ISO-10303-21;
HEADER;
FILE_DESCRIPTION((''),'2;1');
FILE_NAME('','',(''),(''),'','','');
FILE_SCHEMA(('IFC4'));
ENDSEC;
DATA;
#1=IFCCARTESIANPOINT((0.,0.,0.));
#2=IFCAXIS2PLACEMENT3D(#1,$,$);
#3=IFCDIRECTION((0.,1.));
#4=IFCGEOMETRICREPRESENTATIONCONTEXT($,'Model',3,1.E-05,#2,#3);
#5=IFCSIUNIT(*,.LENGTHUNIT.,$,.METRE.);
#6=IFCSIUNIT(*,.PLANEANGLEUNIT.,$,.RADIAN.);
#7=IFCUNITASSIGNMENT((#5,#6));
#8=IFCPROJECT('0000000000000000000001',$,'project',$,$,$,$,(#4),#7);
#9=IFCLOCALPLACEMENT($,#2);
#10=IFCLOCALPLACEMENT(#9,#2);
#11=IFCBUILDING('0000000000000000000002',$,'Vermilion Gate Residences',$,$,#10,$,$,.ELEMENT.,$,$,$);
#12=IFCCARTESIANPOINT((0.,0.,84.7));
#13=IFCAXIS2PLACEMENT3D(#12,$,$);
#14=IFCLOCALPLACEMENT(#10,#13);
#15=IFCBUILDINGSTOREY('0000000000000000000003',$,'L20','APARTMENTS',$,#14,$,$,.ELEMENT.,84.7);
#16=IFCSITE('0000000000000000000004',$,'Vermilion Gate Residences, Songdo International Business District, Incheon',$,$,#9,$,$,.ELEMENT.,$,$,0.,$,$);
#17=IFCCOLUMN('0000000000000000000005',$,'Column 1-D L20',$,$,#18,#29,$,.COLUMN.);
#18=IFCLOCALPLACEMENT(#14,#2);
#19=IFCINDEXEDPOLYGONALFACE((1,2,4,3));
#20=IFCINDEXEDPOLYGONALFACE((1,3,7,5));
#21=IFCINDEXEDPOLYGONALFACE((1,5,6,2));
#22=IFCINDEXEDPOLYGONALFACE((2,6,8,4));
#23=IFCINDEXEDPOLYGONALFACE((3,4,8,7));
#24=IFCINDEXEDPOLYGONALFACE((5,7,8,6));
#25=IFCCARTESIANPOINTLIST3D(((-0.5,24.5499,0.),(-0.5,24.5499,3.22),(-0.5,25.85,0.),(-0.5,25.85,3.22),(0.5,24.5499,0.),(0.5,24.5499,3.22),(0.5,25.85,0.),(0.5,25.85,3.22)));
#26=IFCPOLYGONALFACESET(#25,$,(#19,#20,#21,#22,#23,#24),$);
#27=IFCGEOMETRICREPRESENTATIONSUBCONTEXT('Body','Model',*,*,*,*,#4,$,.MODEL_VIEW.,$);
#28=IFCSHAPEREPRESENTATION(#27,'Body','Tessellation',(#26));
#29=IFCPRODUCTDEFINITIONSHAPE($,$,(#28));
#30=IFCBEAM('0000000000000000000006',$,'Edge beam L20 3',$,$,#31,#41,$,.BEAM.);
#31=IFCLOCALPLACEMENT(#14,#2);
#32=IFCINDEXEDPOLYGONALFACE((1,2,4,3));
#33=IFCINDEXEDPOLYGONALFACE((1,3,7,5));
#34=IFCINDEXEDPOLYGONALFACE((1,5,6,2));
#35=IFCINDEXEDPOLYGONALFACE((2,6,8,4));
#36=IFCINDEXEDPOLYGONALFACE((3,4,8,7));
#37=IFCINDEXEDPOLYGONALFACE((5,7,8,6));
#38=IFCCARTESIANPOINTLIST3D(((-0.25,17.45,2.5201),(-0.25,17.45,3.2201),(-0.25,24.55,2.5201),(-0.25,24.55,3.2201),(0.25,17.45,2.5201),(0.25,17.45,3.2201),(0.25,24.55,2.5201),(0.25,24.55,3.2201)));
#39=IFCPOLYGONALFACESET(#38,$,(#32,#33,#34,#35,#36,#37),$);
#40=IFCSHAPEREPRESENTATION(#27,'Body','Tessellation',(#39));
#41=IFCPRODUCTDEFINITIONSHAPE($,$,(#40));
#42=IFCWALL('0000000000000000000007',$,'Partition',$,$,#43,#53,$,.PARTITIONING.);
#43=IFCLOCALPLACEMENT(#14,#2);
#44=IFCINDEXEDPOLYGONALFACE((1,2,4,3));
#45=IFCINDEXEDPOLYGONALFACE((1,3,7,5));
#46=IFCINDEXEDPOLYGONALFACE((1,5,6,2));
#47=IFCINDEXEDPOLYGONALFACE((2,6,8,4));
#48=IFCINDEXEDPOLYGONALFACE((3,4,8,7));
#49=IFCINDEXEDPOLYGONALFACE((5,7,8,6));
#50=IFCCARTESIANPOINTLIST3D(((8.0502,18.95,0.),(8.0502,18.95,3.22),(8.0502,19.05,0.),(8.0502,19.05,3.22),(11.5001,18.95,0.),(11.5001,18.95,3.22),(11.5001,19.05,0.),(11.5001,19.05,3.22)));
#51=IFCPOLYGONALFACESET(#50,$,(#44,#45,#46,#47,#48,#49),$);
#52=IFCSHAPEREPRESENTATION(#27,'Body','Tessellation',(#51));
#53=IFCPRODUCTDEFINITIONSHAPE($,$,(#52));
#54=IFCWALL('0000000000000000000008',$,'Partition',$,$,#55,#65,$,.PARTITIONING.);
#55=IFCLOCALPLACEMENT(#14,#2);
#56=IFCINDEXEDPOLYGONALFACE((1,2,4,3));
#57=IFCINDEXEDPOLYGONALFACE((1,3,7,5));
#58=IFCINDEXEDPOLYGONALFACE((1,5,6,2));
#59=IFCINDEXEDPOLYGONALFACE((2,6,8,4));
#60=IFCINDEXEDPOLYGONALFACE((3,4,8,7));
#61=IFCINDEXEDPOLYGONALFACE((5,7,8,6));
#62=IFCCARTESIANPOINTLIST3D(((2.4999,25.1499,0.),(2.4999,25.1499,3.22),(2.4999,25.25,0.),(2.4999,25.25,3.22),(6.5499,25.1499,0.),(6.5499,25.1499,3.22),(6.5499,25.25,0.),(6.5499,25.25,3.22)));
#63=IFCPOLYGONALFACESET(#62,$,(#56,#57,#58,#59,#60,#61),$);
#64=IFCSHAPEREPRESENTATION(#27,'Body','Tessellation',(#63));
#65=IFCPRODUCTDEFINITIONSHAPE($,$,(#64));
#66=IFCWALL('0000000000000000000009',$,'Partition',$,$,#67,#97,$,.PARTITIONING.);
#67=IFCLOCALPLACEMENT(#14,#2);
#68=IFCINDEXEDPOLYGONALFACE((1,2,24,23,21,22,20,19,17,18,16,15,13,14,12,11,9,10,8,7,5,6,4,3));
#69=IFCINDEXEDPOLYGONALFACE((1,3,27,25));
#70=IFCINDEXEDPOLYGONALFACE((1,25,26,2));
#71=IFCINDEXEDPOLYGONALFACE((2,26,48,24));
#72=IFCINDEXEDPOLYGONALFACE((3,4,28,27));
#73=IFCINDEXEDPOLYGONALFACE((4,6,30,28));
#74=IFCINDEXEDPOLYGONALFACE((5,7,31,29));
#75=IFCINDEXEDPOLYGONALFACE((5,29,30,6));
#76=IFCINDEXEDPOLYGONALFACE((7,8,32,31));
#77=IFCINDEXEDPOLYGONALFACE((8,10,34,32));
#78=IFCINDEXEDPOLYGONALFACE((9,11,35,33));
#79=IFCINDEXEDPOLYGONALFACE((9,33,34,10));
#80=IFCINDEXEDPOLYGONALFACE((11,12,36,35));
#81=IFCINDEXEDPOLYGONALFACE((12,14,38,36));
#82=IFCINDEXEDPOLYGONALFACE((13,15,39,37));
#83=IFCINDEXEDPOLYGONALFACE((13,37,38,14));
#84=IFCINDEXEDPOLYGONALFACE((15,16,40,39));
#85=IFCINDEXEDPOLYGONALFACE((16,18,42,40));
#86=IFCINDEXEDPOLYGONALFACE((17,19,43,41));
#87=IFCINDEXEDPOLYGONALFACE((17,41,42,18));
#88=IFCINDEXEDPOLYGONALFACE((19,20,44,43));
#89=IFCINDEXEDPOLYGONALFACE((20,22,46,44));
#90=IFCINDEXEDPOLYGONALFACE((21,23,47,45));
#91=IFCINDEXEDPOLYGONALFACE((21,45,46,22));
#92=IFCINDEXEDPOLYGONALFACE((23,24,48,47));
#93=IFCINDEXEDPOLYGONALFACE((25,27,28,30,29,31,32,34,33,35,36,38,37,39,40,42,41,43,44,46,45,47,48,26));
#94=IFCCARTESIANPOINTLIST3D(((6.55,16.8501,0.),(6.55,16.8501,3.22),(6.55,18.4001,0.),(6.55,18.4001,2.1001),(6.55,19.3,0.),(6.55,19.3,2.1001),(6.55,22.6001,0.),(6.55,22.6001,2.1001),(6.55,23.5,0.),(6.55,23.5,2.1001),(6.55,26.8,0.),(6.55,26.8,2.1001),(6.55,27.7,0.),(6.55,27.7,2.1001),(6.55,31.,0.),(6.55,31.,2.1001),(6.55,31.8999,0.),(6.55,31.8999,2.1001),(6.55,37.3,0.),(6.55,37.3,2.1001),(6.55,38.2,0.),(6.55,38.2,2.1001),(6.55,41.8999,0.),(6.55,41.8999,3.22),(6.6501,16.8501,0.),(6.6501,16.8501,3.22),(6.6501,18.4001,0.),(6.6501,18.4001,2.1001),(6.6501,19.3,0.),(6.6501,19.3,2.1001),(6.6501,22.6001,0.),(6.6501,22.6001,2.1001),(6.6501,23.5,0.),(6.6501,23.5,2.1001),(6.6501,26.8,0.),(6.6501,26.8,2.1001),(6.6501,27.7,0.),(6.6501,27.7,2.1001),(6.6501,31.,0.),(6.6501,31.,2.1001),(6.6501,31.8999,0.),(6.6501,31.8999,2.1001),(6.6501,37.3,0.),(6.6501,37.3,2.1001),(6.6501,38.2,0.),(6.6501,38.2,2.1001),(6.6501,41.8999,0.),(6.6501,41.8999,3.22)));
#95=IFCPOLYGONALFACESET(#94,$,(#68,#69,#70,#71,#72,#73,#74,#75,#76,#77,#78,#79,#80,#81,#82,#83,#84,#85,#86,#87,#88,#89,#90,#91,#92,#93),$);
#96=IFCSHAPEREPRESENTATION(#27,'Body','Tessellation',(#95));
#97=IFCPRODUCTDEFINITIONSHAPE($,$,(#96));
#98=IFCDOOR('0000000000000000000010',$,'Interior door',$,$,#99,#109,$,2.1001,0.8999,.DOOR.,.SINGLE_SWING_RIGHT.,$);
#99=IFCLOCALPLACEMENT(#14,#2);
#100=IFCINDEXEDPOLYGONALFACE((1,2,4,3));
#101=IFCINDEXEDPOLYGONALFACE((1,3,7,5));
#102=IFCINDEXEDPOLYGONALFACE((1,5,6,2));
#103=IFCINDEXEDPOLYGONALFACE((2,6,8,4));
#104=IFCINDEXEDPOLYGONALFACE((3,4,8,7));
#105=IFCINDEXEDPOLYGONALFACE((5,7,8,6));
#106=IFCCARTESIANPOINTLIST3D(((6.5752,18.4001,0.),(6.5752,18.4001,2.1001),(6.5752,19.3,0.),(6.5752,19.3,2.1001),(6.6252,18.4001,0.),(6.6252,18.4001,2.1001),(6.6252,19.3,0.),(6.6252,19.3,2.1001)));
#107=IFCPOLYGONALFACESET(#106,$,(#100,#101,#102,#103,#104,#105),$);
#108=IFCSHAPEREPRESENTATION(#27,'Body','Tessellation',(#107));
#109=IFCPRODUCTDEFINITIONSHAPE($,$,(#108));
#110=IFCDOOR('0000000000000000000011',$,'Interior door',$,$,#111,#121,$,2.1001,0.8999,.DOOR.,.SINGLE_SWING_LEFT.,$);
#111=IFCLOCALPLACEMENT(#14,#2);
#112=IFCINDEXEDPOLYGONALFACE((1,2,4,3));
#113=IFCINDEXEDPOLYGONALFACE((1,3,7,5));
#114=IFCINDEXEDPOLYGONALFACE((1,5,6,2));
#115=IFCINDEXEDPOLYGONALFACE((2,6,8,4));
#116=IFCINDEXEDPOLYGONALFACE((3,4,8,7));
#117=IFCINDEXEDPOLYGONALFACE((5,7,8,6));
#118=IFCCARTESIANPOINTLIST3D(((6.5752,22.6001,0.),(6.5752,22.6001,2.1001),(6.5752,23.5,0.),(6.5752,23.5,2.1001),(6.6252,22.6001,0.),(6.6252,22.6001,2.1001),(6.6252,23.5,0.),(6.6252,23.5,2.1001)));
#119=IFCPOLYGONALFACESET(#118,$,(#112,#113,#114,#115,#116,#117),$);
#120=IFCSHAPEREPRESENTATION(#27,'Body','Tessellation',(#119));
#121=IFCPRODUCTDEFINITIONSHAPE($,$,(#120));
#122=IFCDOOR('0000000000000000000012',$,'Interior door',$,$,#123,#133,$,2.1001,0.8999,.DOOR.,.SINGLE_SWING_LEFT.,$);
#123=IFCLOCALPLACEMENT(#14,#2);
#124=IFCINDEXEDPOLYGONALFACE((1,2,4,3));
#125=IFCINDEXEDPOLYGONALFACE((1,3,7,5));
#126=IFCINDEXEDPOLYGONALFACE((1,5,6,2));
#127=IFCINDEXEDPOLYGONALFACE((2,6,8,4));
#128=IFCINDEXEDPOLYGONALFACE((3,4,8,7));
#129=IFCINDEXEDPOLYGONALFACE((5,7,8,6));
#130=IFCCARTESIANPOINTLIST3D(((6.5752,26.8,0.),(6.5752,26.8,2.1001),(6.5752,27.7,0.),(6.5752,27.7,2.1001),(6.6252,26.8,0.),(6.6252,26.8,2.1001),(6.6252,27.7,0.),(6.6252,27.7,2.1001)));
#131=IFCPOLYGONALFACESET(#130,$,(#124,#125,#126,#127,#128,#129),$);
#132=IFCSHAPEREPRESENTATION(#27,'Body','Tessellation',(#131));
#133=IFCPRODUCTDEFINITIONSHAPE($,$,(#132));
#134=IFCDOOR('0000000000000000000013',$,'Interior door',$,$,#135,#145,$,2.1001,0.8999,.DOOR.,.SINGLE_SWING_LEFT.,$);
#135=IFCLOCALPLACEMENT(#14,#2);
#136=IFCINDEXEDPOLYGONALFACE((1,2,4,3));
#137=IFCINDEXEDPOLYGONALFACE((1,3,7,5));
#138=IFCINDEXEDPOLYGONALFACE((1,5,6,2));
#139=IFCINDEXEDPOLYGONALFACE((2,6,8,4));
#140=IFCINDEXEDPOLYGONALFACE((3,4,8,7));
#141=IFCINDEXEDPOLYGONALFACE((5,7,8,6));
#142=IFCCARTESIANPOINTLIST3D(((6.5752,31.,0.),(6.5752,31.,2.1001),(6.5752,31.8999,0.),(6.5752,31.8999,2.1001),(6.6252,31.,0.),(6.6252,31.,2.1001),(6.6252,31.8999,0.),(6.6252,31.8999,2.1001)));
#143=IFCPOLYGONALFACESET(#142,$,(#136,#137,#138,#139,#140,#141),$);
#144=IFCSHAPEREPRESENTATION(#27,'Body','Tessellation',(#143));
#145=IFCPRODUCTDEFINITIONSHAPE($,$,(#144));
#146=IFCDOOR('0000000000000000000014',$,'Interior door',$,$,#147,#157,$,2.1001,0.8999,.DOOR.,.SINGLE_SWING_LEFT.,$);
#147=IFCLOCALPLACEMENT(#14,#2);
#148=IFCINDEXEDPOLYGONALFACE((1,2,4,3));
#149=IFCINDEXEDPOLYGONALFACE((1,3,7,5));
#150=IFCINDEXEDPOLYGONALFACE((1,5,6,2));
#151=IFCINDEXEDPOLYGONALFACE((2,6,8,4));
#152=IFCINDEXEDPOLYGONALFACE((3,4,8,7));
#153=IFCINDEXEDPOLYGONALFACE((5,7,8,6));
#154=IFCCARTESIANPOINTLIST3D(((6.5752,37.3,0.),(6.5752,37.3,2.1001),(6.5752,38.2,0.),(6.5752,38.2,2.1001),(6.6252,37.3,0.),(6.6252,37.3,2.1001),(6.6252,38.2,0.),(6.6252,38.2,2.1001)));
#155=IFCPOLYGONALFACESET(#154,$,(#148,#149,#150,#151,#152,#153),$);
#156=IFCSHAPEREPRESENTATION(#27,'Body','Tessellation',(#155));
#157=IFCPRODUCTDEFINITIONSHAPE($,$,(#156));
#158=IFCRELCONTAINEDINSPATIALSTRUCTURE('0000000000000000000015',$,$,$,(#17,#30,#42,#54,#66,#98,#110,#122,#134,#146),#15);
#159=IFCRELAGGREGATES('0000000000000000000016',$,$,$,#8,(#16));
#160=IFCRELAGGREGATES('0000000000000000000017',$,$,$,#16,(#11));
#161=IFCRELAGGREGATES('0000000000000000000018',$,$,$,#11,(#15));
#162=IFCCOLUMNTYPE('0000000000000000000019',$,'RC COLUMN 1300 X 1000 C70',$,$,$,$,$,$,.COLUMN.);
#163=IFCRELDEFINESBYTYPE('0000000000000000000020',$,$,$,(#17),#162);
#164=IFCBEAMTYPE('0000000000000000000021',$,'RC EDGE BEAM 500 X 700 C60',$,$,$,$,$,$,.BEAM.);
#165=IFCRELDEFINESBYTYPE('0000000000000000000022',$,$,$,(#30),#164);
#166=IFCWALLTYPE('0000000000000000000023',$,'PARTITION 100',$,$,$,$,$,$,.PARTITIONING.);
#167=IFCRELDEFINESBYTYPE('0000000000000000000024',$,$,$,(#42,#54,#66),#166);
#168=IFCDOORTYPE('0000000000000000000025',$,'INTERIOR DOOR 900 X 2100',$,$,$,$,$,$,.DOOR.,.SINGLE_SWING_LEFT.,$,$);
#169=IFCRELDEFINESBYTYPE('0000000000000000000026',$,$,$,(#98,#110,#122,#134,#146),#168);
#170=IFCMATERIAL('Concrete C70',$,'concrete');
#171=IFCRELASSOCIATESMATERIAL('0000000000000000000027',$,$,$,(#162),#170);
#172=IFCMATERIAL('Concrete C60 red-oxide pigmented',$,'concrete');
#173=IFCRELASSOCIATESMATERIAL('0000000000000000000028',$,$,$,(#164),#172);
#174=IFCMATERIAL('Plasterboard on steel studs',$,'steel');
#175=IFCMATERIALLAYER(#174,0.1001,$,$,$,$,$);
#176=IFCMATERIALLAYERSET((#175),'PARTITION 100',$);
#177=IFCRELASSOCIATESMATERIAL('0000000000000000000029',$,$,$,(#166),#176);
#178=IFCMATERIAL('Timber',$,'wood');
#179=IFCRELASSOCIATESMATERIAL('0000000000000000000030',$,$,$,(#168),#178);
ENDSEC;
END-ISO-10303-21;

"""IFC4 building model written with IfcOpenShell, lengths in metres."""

from ifc_helpers import new_model, si_unit, direction, frame, frame_2d, origin, origin_2d, place, context, subcontext, project, spatial, rectangle, extrude, material, layer, layer_set, material_profile, profile_set, type_object, element, fill, save


model = new_model("IFC4")

# Units and contexts
model_context = context("Model", 3, precision=1e-05, world=origin(), true_north=direction((0.0, 1.0)))
body_context = subcontext(model_context, "Body", "Model", "MODEL_VIEW")
ifc_project = project(units=[si_unit("LENGTHUNIT", "METRE"), si_unit("PLANEANGLEUNIT", "RADIAN")], contexts=[model_context])

# Site, building, storey
site_placement = place(None, origin())
site = spatial("IfcSite", under=ifc_project, at=site_placement, Name="Vermilion Gate Residences, Songdo International Business District, Incheon", CompositionType="ELEMENT", RefElevation=0.0)
building_placement = place(site_placement, origin())
building = spatial("IfcBuilding", under=site, at=building_placement, Name="Vermilion Gate Residences", CompositionType="ELEMENT")
storey_placement = place(building_placement, frame((0.0, 0.0, 84.7)))
storey = spatial("IfcBuildingStorey", under=building, at=storey_placement, Name="L20", Description="APARTMENTS", CompositionType="ELEMENT", Elevation=84.7)

# Column
ifc_material_1 = material(Name="Concrete C70", Category="concrete")
ifc_material_profile_1 = material_profile(ifc_material_1, rectangle(XDim=1.3, YDim=1.0, at=origin_2d()), Name="RC-1300x1000")
ifc_profile_set_1 = profile_set([ifc_material_profile_1], Name="Concrete C70")
column_type = type_object("IfcColumnType", Name="RC COLUMN 1300 X 1000 C70", PredefinedType="COLUMN", material=ifc_profile_set_1)
column_placement = place(storey_placement, frame((0.0, 25.2, 0.0), z_axis=(0.0, 0.0, 1.0), x_axis=(0.0, 1.0, 0.0)))
element("IfcColumn", 1, at=column_placement, inside=storey, type_object=column_type, Name="Column 1-D L20", PredefinedType="COLUMN", context=body_context, shape_type="SweptSolid", body=[
    extrude(rectangle(XDim=1.3, YDim=1.0, at=origin_2d()), origin(), (0.0, 0.0, 1.0), 3.22),
])

# Beam
ifc_material_2 = material(Name="Concrete C60 red-oxide pigmented", Category="concrete")
ifc_material_profile_2 = material_profile(ifc_material_2, rectangle(XDim=0.5, YDim=0.7, at=origin_2d()), Name="RC-500x700")
ifc_profile_set_2 = profile_set([ifc_material_profile_2], Name="Concrete C60 red-oxide pigmented")
beam_type = type_object("IfcBeamType", Name="RC EDGE BEAM 500 X 700 C60", PredefinedType="BEAM", material=ifc_profile_set_2)
beam_placement = place(storey_placement, frame((0.0, 17.45, 2.8701), z_axis=(0.0, 1.0, 0.0), x_axis=(-1.0, 0.0, 0.0)))
element("IfcBeam", 2, at=beam_placement, inside=storey, type_object=beam_type, Name="Edge beam L20 3", PredefinedType="BEAM", context=body_context, shape_type="SweptSolid", body=[
    extrude(rectangle(XDim=0.5, YDim=0.7, at=origin_2d()), origin(), (0.0, 0.0, 1.0), 7.1001),
])

# Walls
ifc_material_3 = material(Name="Plasterboard on steel studs", Category="steel")
ifc_layer_1 = layer(ifc_material_3, 0.1001)
ifc_layer_set_1 = layer_set([ifc_layer_1], Name="PARTITION 100")
wall_type_1 = type_object("IfcWallType", Name="PARTITION 100", PredefinedType="PARTITIONING", material=ifc_layer_set_1)
wall_1_placement = place(storey_placement, frame((8.05, 19.0, 0.0), z_axis=(0.0, 0.0, 1.0), x_axis=(1.0, 0.0, 0.0)))
element("IfcWall", 3, at=wall_1_placement, inside=storey, type_object=wall_type_1, Name="Partition", PredefinedType="PARTITIONING", context=body_context, shape_type="SweptSolid", body=[
    extrude(rectangle(XDim=3.45, YDim=0.1001, at=frame_2d((1.7251, 0.0))), origin(), (0.0, 0.0, 1.0), 3.22),
])
wall_2_placement = place(storey_placement, frame((2.5, 25.2, 0.0), z_axis=(0.0, 0.0, 1.0), x_axis=(1.0, 0.0, 0.0)))
element("IfcWall", 4, at=wall_2_placement, inside=storey, type_object=wall_type_1, Name="Partition", PredefinedType="PARTITIONING", context=body_context, shape_type="SweptSolid", body=[
    extrude(rectangle(XDim=4.05, YDim=0.1001, at=frame_2d((2.0249, 0.0))), origin(), (0.0, 0.0, 1.0), 3.22),
])

# Wall, openings, doors
wall_3_placement = place(storey_placement, frame((6.6001, 16.8501, 0.0), z_axis=(0.0, 0.0, 1.0), x_axis=(0.0, 1.0, 0.0)))
wall_3 = element("IfcWall", 5, at=wall_3_placement, inside=storey, type_object=wall_type_1, Name="Partition", PredefinedType="PARTITIONING", context=body_context, shape_type="SweptSolid", body=[
    extrude(rectangle(XDim=25.0498, YDim=0.1001, at=frame_2d((12.5249, 0.0))), origin(), (0.0, 0.0, 1.0), 3.22),
])
opening_1_placement = place(wall_3_placement, frame((1.55, 0.0, 0.0)))
opening_1 = element("IfcOpeningElement", 6, at=opening_1_placement, cuts=wall_3, PredefinedType="OPENING", context=body_context, shape_type="SweptSolid", body=[
    extrude(rectangle(XDim=0.8999, YDim=2.1001, at=frame_2d((0.45, 1.05))), frame((0.0, 0.0601, 0.0), z_axis=(0.0, -1.0, 0.0), x_axis=(1.0, 0.0, 0.0)), (0.0, 0.0, 1.0), 0.1201),
])
opening_2_placement = place(wall_3_placement, frame((5.75, 0.0, 0.0)))
opening_2 = element("IfcOpeningElement", 7, at=opening_2_placement, cuts=wall_3, PredefinedType="OPENING", context=body_context, shape_type="SweptSolid", body=[
    extrude(rectangle(XDim=0.8999, YDim=2.1001, at=frame_2d((0.45, 1.05))), frame((0.0, 0.0601, 0.0), z_axis=(0.0, -1.0, 0.0), x_axis=(1.0, 0.0, 0.0)), (0.0, 0.0, 1.0), 0.1201),
])
opening_3_placement = place(wall_3_placement, frame((9.95, 0.0, 0.0)))
opening_3 = element("IfcOpeningElement", 8, at=opening_3_placement, cuts=wall_3, PredefinedType="OPENING", context=body_context, shape_type="SweptSolid", body=[
    extrude(rectangle(XDim=0.8999, YDim=2.1001, at=frame_2d((0.45, 1.05))), frame((0.0, 0.0601, 0.0), z_axis=(0.0, -1.0, 0.0), x_axis=(1.0, 0.0, 0.0)), (0.0, 0.0, 1.0), 0.1201),
])
opening_4_placement = place(wall_3_placement, frame((14.1499, 0.0, 0.0)))
opening_4 = element("IfcOpeningElement", 9, at=opening_4_placement, cuts=wall_3, PredefinedType="OPENING", context=body_context, shape_type="SweptSolid", body=[
    extrude(rectangle(XDim=0.8999, YDim=2.1001, at=frame_2d((0.45, 1.05))), frame((0.0, 0.0601, 0.0), z_axis=(0.0, -1.0, 0.0), x_axis=(1.0, 0.0, 0.0)), (0.0, 0.0, 1.0), 0.1201),
])
opening_5_placement = place(wall_3_placement, frame((20.45, 0.0, 0.0)))
opening_5 = element("IfcOpeningElement", 10, at=opening_5_placement, cuts=wall_3, PredefinedType="OPENING", context=body_context, shape_type="SweptSolid", body=[
    extrude(rectangle(XDim=0.8999, YDim=2.1001, at=frame_2d((0.45, 1.05))), frame((0.0, 0.0601, 0.0), z_axis=(0.0, -1.0, 0.0), x_axis=(1.0, 0.0, 0.0)), (0.0, 0.0, 1.0), 0.1201),
])
ifc_material_4 = material(Name="Timber", Category="wood")
door_type = type_object("IfcDoorType", Name="INTERIOR DOOR 900 X 2100", OperationType="SINGLE_SWING_LEFT", PredefinedType="DOOR", material=ifc_material_4)
door_1_placement = place(opening_1_placement, origin())
door_1 = element("IfcDoor", 11, at=door_1_placement, inside=storey, type_object=door_type, Name="Interior door", OperationType="SINGLE_SWING_RIGHT", OverallHeight=2.1001, OverallWidth=0.8999, PredefinedType="DOOR", context=body_context, shape_type="SweptSolid", body=[
    extrude(rectangle(XDim=0.8999, YDim=2.1001, at=frame_2d((0.45, 1.05))), frame((0.0, 0.0249, 0.0), z_axis=(0.0, -1.0, 0.0), x_axis=(1.0, 0.0, 0.0)), (0.0, 0.0, 1.0), 0.05),
])
fill(opening_1, door_1)
door_2_placement = place(opening_2_placement, origin())
door_2 = element("IfcDoor", 12, at=door_2_placement, inside=storey, type_object=door_type, Name="Interior door", OperationType="SINGLE_SWING_LEFT", OverallHeight=2.1001, OverallWidth=0.8999, PredefinedType="DOOR", context=body_context, shape_type="SweptSolid", body=[
    extrude(rectangle(XDim=0.8999, YDim=2.1001, at=frame_2d((0.45, 1.05))), frame((0.0, 0.0249, 0.0), z_axis=(0.0, -1.0, 0.0), x_axis=(1.0, 0.0, 0.0)), (0.0, 0.0, 1.0), 0.05),
])
fill(opening_2, door_2)
door_3_placement = place(opening_3_placement, origin())
door_3 = element("IfcDoor", 13, at=door_3_placement, inside=storey, type_object=door_type, Name="Interior door", OperationType="SINGLE_SWING_LEFT", OverallHeight=2.1001, OverallWidth=0.8999, PredefinedType="DOOR", context=body_context, shape_type="SweptSolid", body=[
    extrude(rectangle(XDim=0.8999, YDim=2.1001, at=frame_2d((0.45, 1.05))), frame((0.0, 0.0249, 0.0), z_axis=(0.0, -1.0, 0.0), x_axis=(1.0, 0.0, 0.0)), (0.0, 0.0, 1.0), 0.05),
])
fill(opening_3, door_3)
door_4_placement = place(opening_4_placement, origin())
door_4 = element("IfcDoor", 14, at=door_4_placement, inside=storey, type_object=door_type, Name="Interior door", OperationType="SINGLE_SWING_LEFT", OverallHeight=2.1001, OverallWidth=0.8999, PredefinedType="DOOR", context=body_context, shape_type="SweptSolid", body=[
    extrude(rectangle(XDim=0.8999, YDim=2.1001, at=frame_2d((0.45, 1.05))), frame((0.0, 0.0249, 0.0), z_axis=(0.0, -1.0, 0.0), x_axis=(1.0, 0.0, 0.0)), (0.0, 0.0, 1.0), 0.05),
])
fill(opening_4, door_4)
door_5_placement = place(opening_5_placement, origin())
door_5 = element("IfcDoor", 15, at=door_5_placement, inside=storey, type_object=door_type, Name="Interior door", OperationType="SINGLE_SWING_LEFT", OverallHeight=2.1001, OverallWidth=0.8999, PredefinedType="DOOR", context=body_context, shape_type="SweptSolid", body=[
    extrude(rectangle(XDim=0.8999, YDim=2.1001, at=frame_2d((0.45, 1.05))), frame((0.0, 0.0249, 0.0), z_axis=(0.0, -1.0, 0.0), x_axis=(1.0, 0.0, 0.0)), (0.0, 0.0, 1.0), 0.05),
])
fill(opening_5, door_5)

save(model, "model.ifc")
